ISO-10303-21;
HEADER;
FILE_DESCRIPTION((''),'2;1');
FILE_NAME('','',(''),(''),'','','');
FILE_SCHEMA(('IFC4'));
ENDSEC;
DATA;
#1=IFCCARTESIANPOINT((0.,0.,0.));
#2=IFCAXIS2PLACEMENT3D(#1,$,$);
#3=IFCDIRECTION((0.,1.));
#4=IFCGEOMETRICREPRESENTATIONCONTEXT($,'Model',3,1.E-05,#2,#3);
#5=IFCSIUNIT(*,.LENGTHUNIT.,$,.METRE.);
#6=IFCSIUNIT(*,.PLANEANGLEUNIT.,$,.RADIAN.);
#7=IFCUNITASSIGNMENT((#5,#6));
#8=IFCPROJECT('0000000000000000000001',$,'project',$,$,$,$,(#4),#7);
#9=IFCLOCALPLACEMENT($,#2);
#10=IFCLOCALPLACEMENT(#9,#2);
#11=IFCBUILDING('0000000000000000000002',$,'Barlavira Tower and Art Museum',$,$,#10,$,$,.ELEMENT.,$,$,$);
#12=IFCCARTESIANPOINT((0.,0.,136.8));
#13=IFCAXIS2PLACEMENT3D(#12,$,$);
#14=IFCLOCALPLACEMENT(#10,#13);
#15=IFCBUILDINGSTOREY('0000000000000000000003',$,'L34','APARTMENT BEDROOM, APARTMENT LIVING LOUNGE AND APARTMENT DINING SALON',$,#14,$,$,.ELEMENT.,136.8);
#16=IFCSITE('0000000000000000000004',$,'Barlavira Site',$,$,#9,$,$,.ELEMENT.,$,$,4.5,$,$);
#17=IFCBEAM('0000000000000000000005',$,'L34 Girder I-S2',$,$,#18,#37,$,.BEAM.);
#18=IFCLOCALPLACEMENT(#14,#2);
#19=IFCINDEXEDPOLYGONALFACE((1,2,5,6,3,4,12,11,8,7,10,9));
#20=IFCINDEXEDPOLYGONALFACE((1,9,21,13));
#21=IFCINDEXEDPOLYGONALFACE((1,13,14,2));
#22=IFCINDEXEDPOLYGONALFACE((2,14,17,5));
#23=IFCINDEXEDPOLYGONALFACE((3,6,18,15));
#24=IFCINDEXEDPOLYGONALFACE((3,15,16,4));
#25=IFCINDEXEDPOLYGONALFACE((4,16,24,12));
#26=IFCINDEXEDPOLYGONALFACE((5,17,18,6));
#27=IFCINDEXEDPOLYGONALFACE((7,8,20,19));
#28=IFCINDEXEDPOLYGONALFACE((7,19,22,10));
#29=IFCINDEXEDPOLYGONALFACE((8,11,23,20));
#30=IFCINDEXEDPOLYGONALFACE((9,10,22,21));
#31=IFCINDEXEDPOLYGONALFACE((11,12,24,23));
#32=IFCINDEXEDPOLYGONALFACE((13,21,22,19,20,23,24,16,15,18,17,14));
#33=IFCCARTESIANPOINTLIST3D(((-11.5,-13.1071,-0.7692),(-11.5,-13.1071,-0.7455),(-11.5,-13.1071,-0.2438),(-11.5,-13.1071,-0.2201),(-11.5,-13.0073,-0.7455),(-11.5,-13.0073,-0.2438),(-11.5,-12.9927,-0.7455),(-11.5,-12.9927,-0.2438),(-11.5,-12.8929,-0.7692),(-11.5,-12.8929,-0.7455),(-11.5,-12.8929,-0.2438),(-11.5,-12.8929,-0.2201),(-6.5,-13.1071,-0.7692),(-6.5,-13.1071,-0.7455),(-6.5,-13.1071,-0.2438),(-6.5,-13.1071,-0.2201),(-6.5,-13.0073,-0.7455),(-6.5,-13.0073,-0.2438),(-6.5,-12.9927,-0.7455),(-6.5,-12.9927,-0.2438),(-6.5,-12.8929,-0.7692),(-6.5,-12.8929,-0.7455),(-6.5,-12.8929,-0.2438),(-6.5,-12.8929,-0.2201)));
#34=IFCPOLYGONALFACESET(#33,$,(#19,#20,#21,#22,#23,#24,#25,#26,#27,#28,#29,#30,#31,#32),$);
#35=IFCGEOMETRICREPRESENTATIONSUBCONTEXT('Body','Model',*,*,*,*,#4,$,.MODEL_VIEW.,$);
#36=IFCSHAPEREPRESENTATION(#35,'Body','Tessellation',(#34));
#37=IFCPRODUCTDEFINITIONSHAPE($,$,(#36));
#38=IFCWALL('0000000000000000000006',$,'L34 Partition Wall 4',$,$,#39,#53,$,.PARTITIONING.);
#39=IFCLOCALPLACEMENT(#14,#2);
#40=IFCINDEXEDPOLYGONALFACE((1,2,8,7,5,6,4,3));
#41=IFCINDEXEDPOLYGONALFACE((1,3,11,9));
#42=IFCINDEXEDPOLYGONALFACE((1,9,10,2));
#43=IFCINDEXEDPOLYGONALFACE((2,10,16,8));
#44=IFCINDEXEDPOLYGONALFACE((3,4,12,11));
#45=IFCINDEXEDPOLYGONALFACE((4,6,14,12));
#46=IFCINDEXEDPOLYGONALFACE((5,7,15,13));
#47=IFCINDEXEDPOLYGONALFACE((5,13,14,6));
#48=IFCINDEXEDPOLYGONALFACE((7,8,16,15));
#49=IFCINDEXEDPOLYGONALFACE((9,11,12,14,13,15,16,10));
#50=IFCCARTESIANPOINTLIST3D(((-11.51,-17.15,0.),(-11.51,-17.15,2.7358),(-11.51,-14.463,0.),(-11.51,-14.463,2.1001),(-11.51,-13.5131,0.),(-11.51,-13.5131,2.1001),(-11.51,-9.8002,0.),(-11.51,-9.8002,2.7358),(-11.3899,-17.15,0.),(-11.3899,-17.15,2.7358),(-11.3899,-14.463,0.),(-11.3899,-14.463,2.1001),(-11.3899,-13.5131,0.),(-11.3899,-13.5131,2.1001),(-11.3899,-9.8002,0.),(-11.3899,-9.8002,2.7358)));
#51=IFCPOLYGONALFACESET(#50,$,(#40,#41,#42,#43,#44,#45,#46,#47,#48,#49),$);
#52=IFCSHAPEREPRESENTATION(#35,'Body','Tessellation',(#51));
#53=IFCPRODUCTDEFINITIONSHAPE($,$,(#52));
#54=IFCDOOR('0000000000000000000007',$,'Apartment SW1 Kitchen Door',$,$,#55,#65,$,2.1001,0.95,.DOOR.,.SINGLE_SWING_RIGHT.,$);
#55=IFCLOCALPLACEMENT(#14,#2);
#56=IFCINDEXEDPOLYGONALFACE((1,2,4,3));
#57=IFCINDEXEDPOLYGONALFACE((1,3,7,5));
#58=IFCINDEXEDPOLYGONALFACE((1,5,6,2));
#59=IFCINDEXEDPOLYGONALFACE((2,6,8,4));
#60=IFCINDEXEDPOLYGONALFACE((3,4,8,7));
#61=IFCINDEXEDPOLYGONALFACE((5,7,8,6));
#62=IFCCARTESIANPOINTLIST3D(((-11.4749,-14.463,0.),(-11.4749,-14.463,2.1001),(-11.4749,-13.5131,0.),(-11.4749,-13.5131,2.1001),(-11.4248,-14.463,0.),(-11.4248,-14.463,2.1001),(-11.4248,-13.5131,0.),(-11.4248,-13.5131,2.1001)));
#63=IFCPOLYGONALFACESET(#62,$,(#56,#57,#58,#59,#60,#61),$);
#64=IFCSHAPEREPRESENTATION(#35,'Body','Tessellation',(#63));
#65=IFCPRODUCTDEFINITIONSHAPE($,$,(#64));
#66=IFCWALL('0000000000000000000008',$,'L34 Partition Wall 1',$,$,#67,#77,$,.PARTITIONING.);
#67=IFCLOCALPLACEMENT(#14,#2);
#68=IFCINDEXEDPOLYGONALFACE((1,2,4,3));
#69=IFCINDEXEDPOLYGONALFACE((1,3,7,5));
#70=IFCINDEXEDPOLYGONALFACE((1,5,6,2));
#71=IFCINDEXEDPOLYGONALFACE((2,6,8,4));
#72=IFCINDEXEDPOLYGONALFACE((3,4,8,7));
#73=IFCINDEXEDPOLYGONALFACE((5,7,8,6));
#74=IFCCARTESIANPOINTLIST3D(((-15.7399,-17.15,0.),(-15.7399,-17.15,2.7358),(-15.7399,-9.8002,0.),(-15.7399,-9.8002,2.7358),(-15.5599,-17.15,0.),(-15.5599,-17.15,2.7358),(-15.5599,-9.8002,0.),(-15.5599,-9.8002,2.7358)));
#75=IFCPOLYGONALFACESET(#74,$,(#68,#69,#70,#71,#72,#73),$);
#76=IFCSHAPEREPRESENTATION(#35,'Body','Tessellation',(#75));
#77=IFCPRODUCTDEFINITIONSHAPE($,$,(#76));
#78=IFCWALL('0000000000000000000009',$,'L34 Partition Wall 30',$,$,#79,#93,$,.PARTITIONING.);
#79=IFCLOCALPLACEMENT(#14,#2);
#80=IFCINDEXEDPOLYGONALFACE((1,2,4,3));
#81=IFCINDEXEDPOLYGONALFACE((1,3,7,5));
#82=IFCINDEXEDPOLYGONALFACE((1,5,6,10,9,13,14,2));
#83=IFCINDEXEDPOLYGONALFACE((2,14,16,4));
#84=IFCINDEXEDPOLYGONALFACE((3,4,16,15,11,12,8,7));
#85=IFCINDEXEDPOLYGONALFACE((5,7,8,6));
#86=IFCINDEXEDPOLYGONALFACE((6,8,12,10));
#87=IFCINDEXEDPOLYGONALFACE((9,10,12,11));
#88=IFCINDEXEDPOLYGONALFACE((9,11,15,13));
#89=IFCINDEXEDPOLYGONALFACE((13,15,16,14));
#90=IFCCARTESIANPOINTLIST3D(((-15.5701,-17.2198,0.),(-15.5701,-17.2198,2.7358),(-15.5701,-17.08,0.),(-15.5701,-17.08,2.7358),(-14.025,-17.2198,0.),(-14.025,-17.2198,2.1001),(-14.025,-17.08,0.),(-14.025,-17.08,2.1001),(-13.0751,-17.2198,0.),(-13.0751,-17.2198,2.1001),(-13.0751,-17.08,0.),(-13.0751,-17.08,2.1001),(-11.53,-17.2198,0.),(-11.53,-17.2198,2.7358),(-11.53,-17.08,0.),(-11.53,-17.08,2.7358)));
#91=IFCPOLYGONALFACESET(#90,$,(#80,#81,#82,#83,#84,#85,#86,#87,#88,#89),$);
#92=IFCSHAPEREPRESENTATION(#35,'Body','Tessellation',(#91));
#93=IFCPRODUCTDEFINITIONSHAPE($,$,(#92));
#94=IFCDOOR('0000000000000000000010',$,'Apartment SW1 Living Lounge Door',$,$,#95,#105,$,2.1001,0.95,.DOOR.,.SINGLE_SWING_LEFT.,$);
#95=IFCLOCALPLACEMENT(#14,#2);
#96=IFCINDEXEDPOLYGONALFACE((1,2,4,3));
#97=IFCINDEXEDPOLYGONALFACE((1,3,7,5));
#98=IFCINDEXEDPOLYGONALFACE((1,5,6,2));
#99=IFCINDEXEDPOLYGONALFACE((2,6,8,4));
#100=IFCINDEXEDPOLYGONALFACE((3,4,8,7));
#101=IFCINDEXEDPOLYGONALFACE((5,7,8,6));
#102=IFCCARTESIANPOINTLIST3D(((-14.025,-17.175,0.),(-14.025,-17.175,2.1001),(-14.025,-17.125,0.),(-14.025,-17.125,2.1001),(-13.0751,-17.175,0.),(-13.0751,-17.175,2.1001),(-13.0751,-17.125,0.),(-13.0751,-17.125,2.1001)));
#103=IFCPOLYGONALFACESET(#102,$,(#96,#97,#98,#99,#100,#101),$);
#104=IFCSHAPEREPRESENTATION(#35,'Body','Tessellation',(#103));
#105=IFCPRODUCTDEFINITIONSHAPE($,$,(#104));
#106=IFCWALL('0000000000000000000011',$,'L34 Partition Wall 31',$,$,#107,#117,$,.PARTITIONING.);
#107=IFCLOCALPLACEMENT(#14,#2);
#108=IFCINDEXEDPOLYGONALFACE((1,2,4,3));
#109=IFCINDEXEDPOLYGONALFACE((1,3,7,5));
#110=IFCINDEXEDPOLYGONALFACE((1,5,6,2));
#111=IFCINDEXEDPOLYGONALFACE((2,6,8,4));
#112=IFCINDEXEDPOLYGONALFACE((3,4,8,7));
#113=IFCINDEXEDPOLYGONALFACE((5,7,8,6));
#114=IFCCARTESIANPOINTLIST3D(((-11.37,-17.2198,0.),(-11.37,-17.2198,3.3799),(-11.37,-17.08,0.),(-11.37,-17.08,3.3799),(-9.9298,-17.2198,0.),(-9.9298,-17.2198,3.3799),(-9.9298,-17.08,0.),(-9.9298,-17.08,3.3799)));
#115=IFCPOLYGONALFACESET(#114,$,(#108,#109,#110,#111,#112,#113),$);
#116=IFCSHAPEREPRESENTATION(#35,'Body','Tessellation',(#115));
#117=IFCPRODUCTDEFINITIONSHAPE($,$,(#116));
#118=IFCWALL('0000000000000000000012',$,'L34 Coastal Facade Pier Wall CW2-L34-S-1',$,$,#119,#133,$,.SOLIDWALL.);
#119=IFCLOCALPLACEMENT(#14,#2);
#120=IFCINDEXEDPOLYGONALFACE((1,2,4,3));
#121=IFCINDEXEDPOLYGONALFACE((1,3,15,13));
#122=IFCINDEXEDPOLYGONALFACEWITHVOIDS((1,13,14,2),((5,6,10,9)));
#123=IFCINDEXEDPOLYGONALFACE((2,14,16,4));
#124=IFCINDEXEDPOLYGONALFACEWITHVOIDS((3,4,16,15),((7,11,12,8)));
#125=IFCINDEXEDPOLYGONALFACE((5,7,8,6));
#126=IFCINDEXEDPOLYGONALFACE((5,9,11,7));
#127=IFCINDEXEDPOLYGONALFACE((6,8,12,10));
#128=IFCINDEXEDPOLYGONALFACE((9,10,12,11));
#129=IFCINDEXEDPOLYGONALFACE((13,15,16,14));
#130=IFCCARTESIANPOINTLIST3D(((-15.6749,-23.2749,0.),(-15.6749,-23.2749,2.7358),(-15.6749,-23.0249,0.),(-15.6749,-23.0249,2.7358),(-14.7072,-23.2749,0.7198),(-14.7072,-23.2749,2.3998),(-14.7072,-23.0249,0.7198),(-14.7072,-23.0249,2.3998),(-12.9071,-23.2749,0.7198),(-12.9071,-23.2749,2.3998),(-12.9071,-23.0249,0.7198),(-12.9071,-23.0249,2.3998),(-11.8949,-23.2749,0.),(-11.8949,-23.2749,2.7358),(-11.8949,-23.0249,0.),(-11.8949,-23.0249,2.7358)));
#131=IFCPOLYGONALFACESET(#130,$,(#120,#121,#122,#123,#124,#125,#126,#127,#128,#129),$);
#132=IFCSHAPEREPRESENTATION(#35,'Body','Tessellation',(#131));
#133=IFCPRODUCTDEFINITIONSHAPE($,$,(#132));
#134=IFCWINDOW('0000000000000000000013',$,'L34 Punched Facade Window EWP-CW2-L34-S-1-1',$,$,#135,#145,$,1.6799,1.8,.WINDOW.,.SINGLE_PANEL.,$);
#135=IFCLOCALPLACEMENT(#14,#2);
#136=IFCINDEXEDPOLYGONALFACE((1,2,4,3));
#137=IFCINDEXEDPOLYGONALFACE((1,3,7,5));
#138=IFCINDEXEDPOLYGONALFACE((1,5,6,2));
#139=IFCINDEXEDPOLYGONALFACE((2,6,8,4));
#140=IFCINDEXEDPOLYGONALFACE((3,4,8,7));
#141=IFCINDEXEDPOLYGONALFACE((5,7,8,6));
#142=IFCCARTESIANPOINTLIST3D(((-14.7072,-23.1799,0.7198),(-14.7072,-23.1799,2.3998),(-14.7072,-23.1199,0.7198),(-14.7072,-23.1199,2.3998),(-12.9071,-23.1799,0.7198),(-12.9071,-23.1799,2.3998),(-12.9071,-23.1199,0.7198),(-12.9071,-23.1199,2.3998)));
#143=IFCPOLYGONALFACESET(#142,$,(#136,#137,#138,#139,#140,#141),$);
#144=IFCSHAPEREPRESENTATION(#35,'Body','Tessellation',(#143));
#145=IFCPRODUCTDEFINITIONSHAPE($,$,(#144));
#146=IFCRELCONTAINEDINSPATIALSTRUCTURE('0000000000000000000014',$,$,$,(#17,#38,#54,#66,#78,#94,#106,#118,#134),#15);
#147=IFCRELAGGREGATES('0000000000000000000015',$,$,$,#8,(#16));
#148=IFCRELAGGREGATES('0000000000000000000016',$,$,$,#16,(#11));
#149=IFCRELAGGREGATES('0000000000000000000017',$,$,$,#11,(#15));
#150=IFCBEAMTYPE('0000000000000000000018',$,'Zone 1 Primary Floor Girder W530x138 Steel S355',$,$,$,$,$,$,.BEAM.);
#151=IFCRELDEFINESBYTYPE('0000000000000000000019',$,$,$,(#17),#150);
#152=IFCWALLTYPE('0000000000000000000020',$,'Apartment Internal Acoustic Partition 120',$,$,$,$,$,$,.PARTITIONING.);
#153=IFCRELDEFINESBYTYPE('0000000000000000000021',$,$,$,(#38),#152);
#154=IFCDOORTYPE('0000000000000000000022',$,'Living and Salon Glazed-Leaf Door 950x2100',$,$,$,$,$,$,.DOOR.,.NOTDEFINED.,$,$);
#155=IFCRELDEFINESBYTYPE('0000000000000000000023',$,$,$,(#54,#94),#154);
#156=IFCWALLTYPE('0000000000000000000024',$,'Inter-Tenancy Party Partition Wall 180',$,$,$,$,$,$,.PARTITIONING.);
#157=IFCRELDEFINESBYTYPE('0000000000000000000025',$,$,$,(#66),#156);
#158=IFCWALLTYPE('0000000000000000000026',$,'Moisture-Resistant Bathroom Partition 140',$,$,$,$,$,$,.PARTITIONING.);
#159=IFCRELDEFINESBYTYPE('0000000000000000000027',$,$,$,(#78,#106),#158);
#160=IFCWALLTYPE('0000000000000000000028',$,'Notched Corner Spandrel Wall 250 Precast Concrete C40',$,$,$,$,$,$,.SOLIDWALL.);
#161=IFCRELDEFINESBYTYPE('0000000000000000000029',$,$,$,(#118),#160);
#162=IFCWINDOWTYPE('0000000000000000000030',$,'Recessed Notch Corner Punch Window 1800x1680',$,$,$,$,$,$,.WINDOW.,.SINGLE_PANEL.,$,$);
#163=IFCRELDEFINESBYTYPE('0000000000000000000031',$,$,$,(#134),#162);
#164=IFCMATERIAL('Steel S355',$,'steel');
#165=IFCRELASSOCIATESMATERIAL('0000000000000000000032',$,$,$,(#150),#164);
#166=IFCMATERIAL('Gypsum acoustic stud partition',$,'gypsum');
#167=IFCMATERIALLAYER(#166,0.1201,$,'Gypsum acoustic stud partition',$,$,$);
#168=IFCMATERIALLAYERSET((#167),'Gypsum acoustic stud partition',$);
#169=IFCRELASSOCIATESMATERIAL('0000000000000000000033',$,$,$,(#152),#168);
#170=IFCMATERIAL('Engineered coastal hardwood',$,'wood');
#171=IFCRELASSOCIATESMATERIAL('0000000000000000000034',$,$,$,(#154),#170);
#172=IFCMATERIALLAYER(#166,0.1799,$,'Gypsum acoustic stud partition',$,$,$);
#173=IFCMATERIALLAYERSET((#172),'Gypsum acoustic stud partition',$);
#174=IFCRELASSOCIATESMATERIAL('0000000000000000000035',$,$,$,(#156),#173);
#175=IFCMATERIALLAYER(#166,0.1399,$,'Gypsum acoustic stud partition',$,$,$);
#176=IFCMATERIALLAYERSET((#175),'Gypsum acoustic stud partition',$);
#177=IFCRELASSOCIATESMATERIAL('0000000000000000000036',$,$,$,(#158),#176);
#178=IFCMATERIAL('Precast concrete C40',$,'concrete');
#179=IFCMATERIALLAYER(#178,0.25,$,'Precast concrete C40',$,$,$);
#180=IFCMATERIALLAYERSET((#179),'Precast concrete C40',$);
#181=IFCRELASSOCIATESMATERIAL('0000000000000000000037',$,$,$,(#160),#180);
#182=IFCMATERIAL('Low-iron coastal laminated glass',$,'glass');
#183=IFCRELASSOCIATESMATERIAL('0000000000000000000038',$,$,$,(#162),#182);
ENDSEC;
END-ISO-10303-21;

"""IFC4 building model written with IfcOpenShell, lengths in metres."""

from ifc_helpers import new_model, si_unit, direction, frame, frame_2d, origin, origin_2d, place, context, subcontext, project, spatial, rectangle, i_section, extrude, material, layer, layer_set, material_profile, profile_set, type_object, element, fill, save


model = new_model("IFC4")

# Units and contexts
model_context = context("Model", 3, precision=1e-05, world=origin(), true_north=direction((0.0, 1.0)))
body_context = subcontext(model_context, "Body", "Model", "MODEL_VIEW")
ifc_project = project(units=[si_unit("LENGTHUNIT", "METRE"), si_unit("PLANEANGLEUNIT", "RADIAN")], contexts=[model_context])

# Site, building, storey
site_placement = place(None, origin())
site = spatial("IfcSite", under=ifc_project, at=site_placement, Name="Barlavira Site", CompositionType="ELEMENT", RefElevation=4.5)
building_placement = place(site_placement, origin())
building = spatial("IfcBuilding", under=site, at=building_placement, Name="Barlavira Tower and Art Museum", CompositionType="ELEMENT")
storey_placement = place(building_placement, frame((0.0, 0.0, 136.8)))
storey = spatial("IfcBuildingStorey", under=building, at=storey_placement, Name="L34", Description="APARTMENT BEDROOM, APARTMENT LIVING LOUNGE AND APARTMENT DINING SALON", CompositionType="ELEMENT", Elevation=136.8)

# Beam
ifc_material_1 = material(Name="Steel S355", Category="steel")
ifc_material_profile_1 = material_profile(ifc_material_1, i_section(OverallWidth=0.2141, OverallDepth=0.5491, WebThickness=0.0146, FlangeThickness=0.0237, at=origin_2d()), Name="W530x138.0")
ifc_profile_set_1 = profile_set([ifc_material_profile_1], Name="Steel S355")
beam_type_1 = type_object("IfcBeamType", Name="Zone 1 Primary Floor Girder W530x138 Steel S355", PredefinedType="BEAM", material=ifc_profile_set_1)
beam_1_placement = place(storey_placement, frame((-11.5, -13.0, -0.4946), z_axis=(1.0, 0.0, 0.0), x_axis=(0.0, 1.0, 0.0)))
element("IfcBeam", 1, at=beam_1_placement, inside=storey, type_object=beam_type_1, Name="L34 Girder I-S2", PredefinedType="BEAM", context=body_context, shape_type="SweptSolid", body=[
    extrude(i_section(OverallWidth=0.2141, OverallDepth=0.5491, WebThickness=0.0146, FlangeThickness=0.0237, at=origin_2d()), origin(), (0.0, 0.0, 1.0), 5.0),
])

# Wall, opening, door
ifc_material_2 = material(Name="Gypsum acoustic stud partition", Category="gypsum")
ifc_layer_1 = layer(ifc_material_2, 0.1201, Name="Gypsum acoustic stud partition")
ifc_layer_set_1 = layer_set([ifc_layer_1], Name="Gypsum acoustic stud partition")
wall_type_1 = type_object("IfcWallType", Name="Apartment Internal Acoustic Partition 120", PredefinedType="PARTITIONING", material=ifc_layer_set_1)
wall_1_placement = place(storey_placement, frame((-11.45, -17.1499, 0.0), z_axis=(0.0, 0.0, 1.0), x_axis=(0.0, 1.0, 0.0)))
wall_1 = element("IfcWall", 2, at=wall_1_placement, inside=storey, type_object=wall_type_1, Name="L34 Partition Wall 4", PredefinedType="PARTITIONING", context=body_context, shape_type="SweptSolid", body=[
    extrude(rectangle(XDim=7.3499, YDim=0.1201, at=frame_2d((3.6748, 0.0))), origin(), (0.0, 0.0, 1.0), 2.7358),
])
opening_1_placement = place(wall_1_placement, frame((2.6868, 0.0, 0.0)))
opening_1 = element("IfcOpeningElement", 3, at=opening_1_placement, cuts=wall_1, PredefinedType="OPENING", context=body_context, shape_type="SweptSolid", body=[
    extrude(rectangle(XDim=0.95, YDim=2.1001, at=frame_2d((0.4751, 1.05))), frame((0.0, 0.0701, 0.0), z_axis=(0.0, -1.0, 0.0), x_axis=(1.0, 0.0, 0.0)), (0.0, 0.0, 1.0), 0.1401),
])
ifc_material_3 = material(Name="Engineered coastal hardwood", Category="wood")
door_type = type_object("IfcDoorType", Name="Living and Salon Glazed-Leaf Door 950x2100", OperationType="NOTDEFINED", PredefinedType="DOOR", material=ifc_material_3)
door_1_placement = place(opening_1_placement, origin())
door_1 = element("IfcDoor", 4, at=door_1_placement, inside=storey, type_object=door_type, Name="Apartment SW1 Kitchen Door", OperationType="SINGLE_SWING_RIGHT", OverallHeight=2.1001, OverallWidth=0.95, PredefinedType="DOOR", context=body_context, shape_type="SweptSolid", body=[
    extrude(rectangle(XDim=0.95, YDim=2.1001, at=frame_2d((0.4751, 1.05))), frame((0.0, 0.0249, 0.0), z_axis=(0.0, -1.0, 0.0), x_axis=(1.0, 0.0, 0.0)), (0.0, 0.0, 1.0), 0.05),
])
fill(opening_1, door_1)

# Wall
ifc_layer_2 = layer(ifc_material_2, 0.1799, Name="Gypsum acoustic stud partition")
ifc_layer_set_2 = layer_set([ifc_layer_2], Name="Gypsum acoustic stud partition")
wall_type_2 = type_object("IfcWallType", Name="Inter-Tenancy Party Partition Wall 180", PredefinedType="PARTITIONING", material=ifc_layer_set_2)
wall_2_placement = place(storey_placement, frame((-15.6499, -17.1499, 0.0), z_axis=(0.0, 0.0, 1.0), x_axis=(0.0, 1.0, 0.0)))
element("IfcWall", 5, at=wall_2_placement, inside=storey, type_object=wall_type_2, Name="L34 Partition Wall 1", PredefinedType="PARTITIONING", context=body_context, shape_type="SweptSolid", body=[
    extrude(rectangle(XDim=7.3499, YDim=0.1799, at=frame_2d((3.6748, 0.0))), origin(), (0.0, 0.0, 1.0), 2.7358),
])

# Wall, opening, door
ifc_layer_3 = layer(ifc_material_2, 0.1399, Name="Gypsum acoustic stud partition")
ifc_layer_set_3 = layer_set([ifc_layer_3], Name="Gypsum acoustic stud partition")
wall_type_3 = type_object("IfcWallType", Name="Moisture-Resistant Bathroom Partition 140", PredefinedType="PARTITIONING", material=ifc_layer_set_3)
wall_3_placement = place(storey_placement, frame((-15.5701, -17.1499, 0.0), z_axis=(0.0, 0.0, 1.0), x_axis=(1.0, 0.0, 0.0)))
wall_3 = element("IfcWall", 6, at=wall_3_placement, inside=storey, type_object=wall_type_3, Name="L34 Partition Wall 30", PredefinedType="PARTITIONING", context=body_context, shape_type="SweptSolid", body=[
    extrude(rectangle(XDim=4.04, YDim=0.1399, at=frame_2d((2.02, 0.0))), origin(), (0.0, 0.0, 1.0), 2.7358),
])
opening_2_placement = place(wall_3_placement, frame((1.5449, 0.0, 0.0)))
opening_2 = element("IfcOpeningElement", 7, at=opening_2_placement, cuts=wall_3, PredefinedType="OPENING", context=body_context, shape_type="SweptSolid", body=[
    extrude(rectangle(XDim=0.95, YDim=2.1001, at=frame_2d((0.4751, 1.05))), frame((0.0, 0.0801, 0.0), z_axis=(0.0, -1.0, 0.0), x_axis=(1.0, 0.0, 0.0)), (0.0, 0.0, 1.0), 0.1599),
])
door_2_placement = place(opening_2_placement, origin())
door_2 = element("IfcDoor", 8, at=door_2_placement, inside=storey, type_object=door_type, Name="Apartment SW1 Living Lounge Door", OperationType="SINGLE_SWING_LEFT", OverallHeight=2.1001, OverallWidth=0.95, PredefinedType="DOOR", context=body_context, shape_type="SweptSolid", body=[
    extrude(rectangle(XDim=0.95, YDim=2.1001, at=frame_2d((0.4751, 1.05))), frame((0.0, 0.0249, 0.0), z_axis=(0.0, -1.0, 0.0), x_axis=(1.0, 0.0, 0.0)), (0.0, 0.0, 1.0), 0.05),
])
fill(opening_2, door_2)

# Wall
wall_4_placement = place(storey_placement, frame((-11.3701, -17.1499, 0.0), z_axis=(0.0, 0.0, 1.0), x_axis=(1.0, 0.0, 0.0)))
element("IfcWall", 9, at=wall_4_placement, inside=storey, type_object=wall_type_3, Name="L34 Partition Wall 31", PredefinedType="PARTITIONING", context=body_context, shape_type="SweptSolid", body=[
    extrude(rectangle(XDim=1.4402, YDim=0.1399, at=frame_2d((0.7202, 0.0))), origin(), (0.0, 0.0, 1.0), 3.3799),
])

# Wall, opening, window
ifc_material_4 = material(Name="Precast concrete C40", Category="concrete")
ifc_layer_4 = layer(ifc_material_4, 0.25, Name="Precast concrete C40")
ifc_layer_set_4 = layer_set([ifc_layer_4], Name="Precast concrete C40")
wall_type_4 = type_object("IfcWallType", Name="Notched Corner Spandrel Wall 250 Precast Concrete C40", PredefinedType="SOLIDWALL", material=ifc_layer_set_4)
wall_5_placement = place(storey_placement, frame((-15.675, -23.1499, 0.0), z_axis=(0.0, 0.0, 1.0), x_axis=(1.0, 0.0, 0.0)))
wall_5 = element("IfcWall", 10, at=wall_5_placement, inside=storey, type_object=wall_type_4, Name="L34 Coastal Facade Pier Wall CW2-L34-S-1", PredefinedType="SOLIDWALL", context=body_context, shape_type="SweptSolid", body=[
    extrude(rectangle(XDim=3.78, YDim=0.25, at=frame_2d((1.8901, 0.0))), origin(), (0.0, 0.0, 1.0), 2.7358),
])
opening_3_placement = place(wall_5_placement, frame((0.968, 0.0, 0.72)))
opening_3 = element("IfcOpeningElement", 11, at=opening_3_placement, cuts=wall_5, PredefinedType="OPENING", context=body_context, shape_type="SweptSolid", body=[
    extrude(rectangle(XDim=1.8, YDim=1.6799, at=frame_2d((0.8999, 0.8398))), frame((0.0, 0.135, 0.0), z_axis=(0.0, -1.0, 0.0), x_axis=(1.0, 0.0, 0.0)), (0.0, 0.0, 1.0), 0.27),
])
ifc_material_5 = material(Name="Low-iron coastal laminated glass", Category="glass")
window_type = type_object("IfcWindowType", Name="Recessed Notch Corner Punch Window 1800x1680", PartitioningType="SINGLE_PANEL", PredefinedType="WINDOW", material=ifc_material_5)
window_1_placement = place(opening_3_placement, origin())
window_1 = element("IfcWindow", 12, at=window_1_placement, inside=storey, type_object=window_type, Name="L34 Punched Facade Window EWP-CW2-L34-S-1-1", OverallHeight=1.6799, OverallWidth=1.8, PartitioningType="SINGLE_PANEL", PredefinedType="WINDOW", context=body_context, shape_type="SweptSolid", body=[
    extrude(rectangle(XDim=1.8, YDim=1.6799, at=frame_2d((0.8999, 0.8398))), frame((0.0, 0.03, 0.0), z_axis=(0.0, -1.0, 0.0), x_axis=(1.0, 0.0, 0.0)), (0.0, 0.0, 1.0), 0.0601),
])
fill(opening_3, window_1)

save(model, "model.ifc")
